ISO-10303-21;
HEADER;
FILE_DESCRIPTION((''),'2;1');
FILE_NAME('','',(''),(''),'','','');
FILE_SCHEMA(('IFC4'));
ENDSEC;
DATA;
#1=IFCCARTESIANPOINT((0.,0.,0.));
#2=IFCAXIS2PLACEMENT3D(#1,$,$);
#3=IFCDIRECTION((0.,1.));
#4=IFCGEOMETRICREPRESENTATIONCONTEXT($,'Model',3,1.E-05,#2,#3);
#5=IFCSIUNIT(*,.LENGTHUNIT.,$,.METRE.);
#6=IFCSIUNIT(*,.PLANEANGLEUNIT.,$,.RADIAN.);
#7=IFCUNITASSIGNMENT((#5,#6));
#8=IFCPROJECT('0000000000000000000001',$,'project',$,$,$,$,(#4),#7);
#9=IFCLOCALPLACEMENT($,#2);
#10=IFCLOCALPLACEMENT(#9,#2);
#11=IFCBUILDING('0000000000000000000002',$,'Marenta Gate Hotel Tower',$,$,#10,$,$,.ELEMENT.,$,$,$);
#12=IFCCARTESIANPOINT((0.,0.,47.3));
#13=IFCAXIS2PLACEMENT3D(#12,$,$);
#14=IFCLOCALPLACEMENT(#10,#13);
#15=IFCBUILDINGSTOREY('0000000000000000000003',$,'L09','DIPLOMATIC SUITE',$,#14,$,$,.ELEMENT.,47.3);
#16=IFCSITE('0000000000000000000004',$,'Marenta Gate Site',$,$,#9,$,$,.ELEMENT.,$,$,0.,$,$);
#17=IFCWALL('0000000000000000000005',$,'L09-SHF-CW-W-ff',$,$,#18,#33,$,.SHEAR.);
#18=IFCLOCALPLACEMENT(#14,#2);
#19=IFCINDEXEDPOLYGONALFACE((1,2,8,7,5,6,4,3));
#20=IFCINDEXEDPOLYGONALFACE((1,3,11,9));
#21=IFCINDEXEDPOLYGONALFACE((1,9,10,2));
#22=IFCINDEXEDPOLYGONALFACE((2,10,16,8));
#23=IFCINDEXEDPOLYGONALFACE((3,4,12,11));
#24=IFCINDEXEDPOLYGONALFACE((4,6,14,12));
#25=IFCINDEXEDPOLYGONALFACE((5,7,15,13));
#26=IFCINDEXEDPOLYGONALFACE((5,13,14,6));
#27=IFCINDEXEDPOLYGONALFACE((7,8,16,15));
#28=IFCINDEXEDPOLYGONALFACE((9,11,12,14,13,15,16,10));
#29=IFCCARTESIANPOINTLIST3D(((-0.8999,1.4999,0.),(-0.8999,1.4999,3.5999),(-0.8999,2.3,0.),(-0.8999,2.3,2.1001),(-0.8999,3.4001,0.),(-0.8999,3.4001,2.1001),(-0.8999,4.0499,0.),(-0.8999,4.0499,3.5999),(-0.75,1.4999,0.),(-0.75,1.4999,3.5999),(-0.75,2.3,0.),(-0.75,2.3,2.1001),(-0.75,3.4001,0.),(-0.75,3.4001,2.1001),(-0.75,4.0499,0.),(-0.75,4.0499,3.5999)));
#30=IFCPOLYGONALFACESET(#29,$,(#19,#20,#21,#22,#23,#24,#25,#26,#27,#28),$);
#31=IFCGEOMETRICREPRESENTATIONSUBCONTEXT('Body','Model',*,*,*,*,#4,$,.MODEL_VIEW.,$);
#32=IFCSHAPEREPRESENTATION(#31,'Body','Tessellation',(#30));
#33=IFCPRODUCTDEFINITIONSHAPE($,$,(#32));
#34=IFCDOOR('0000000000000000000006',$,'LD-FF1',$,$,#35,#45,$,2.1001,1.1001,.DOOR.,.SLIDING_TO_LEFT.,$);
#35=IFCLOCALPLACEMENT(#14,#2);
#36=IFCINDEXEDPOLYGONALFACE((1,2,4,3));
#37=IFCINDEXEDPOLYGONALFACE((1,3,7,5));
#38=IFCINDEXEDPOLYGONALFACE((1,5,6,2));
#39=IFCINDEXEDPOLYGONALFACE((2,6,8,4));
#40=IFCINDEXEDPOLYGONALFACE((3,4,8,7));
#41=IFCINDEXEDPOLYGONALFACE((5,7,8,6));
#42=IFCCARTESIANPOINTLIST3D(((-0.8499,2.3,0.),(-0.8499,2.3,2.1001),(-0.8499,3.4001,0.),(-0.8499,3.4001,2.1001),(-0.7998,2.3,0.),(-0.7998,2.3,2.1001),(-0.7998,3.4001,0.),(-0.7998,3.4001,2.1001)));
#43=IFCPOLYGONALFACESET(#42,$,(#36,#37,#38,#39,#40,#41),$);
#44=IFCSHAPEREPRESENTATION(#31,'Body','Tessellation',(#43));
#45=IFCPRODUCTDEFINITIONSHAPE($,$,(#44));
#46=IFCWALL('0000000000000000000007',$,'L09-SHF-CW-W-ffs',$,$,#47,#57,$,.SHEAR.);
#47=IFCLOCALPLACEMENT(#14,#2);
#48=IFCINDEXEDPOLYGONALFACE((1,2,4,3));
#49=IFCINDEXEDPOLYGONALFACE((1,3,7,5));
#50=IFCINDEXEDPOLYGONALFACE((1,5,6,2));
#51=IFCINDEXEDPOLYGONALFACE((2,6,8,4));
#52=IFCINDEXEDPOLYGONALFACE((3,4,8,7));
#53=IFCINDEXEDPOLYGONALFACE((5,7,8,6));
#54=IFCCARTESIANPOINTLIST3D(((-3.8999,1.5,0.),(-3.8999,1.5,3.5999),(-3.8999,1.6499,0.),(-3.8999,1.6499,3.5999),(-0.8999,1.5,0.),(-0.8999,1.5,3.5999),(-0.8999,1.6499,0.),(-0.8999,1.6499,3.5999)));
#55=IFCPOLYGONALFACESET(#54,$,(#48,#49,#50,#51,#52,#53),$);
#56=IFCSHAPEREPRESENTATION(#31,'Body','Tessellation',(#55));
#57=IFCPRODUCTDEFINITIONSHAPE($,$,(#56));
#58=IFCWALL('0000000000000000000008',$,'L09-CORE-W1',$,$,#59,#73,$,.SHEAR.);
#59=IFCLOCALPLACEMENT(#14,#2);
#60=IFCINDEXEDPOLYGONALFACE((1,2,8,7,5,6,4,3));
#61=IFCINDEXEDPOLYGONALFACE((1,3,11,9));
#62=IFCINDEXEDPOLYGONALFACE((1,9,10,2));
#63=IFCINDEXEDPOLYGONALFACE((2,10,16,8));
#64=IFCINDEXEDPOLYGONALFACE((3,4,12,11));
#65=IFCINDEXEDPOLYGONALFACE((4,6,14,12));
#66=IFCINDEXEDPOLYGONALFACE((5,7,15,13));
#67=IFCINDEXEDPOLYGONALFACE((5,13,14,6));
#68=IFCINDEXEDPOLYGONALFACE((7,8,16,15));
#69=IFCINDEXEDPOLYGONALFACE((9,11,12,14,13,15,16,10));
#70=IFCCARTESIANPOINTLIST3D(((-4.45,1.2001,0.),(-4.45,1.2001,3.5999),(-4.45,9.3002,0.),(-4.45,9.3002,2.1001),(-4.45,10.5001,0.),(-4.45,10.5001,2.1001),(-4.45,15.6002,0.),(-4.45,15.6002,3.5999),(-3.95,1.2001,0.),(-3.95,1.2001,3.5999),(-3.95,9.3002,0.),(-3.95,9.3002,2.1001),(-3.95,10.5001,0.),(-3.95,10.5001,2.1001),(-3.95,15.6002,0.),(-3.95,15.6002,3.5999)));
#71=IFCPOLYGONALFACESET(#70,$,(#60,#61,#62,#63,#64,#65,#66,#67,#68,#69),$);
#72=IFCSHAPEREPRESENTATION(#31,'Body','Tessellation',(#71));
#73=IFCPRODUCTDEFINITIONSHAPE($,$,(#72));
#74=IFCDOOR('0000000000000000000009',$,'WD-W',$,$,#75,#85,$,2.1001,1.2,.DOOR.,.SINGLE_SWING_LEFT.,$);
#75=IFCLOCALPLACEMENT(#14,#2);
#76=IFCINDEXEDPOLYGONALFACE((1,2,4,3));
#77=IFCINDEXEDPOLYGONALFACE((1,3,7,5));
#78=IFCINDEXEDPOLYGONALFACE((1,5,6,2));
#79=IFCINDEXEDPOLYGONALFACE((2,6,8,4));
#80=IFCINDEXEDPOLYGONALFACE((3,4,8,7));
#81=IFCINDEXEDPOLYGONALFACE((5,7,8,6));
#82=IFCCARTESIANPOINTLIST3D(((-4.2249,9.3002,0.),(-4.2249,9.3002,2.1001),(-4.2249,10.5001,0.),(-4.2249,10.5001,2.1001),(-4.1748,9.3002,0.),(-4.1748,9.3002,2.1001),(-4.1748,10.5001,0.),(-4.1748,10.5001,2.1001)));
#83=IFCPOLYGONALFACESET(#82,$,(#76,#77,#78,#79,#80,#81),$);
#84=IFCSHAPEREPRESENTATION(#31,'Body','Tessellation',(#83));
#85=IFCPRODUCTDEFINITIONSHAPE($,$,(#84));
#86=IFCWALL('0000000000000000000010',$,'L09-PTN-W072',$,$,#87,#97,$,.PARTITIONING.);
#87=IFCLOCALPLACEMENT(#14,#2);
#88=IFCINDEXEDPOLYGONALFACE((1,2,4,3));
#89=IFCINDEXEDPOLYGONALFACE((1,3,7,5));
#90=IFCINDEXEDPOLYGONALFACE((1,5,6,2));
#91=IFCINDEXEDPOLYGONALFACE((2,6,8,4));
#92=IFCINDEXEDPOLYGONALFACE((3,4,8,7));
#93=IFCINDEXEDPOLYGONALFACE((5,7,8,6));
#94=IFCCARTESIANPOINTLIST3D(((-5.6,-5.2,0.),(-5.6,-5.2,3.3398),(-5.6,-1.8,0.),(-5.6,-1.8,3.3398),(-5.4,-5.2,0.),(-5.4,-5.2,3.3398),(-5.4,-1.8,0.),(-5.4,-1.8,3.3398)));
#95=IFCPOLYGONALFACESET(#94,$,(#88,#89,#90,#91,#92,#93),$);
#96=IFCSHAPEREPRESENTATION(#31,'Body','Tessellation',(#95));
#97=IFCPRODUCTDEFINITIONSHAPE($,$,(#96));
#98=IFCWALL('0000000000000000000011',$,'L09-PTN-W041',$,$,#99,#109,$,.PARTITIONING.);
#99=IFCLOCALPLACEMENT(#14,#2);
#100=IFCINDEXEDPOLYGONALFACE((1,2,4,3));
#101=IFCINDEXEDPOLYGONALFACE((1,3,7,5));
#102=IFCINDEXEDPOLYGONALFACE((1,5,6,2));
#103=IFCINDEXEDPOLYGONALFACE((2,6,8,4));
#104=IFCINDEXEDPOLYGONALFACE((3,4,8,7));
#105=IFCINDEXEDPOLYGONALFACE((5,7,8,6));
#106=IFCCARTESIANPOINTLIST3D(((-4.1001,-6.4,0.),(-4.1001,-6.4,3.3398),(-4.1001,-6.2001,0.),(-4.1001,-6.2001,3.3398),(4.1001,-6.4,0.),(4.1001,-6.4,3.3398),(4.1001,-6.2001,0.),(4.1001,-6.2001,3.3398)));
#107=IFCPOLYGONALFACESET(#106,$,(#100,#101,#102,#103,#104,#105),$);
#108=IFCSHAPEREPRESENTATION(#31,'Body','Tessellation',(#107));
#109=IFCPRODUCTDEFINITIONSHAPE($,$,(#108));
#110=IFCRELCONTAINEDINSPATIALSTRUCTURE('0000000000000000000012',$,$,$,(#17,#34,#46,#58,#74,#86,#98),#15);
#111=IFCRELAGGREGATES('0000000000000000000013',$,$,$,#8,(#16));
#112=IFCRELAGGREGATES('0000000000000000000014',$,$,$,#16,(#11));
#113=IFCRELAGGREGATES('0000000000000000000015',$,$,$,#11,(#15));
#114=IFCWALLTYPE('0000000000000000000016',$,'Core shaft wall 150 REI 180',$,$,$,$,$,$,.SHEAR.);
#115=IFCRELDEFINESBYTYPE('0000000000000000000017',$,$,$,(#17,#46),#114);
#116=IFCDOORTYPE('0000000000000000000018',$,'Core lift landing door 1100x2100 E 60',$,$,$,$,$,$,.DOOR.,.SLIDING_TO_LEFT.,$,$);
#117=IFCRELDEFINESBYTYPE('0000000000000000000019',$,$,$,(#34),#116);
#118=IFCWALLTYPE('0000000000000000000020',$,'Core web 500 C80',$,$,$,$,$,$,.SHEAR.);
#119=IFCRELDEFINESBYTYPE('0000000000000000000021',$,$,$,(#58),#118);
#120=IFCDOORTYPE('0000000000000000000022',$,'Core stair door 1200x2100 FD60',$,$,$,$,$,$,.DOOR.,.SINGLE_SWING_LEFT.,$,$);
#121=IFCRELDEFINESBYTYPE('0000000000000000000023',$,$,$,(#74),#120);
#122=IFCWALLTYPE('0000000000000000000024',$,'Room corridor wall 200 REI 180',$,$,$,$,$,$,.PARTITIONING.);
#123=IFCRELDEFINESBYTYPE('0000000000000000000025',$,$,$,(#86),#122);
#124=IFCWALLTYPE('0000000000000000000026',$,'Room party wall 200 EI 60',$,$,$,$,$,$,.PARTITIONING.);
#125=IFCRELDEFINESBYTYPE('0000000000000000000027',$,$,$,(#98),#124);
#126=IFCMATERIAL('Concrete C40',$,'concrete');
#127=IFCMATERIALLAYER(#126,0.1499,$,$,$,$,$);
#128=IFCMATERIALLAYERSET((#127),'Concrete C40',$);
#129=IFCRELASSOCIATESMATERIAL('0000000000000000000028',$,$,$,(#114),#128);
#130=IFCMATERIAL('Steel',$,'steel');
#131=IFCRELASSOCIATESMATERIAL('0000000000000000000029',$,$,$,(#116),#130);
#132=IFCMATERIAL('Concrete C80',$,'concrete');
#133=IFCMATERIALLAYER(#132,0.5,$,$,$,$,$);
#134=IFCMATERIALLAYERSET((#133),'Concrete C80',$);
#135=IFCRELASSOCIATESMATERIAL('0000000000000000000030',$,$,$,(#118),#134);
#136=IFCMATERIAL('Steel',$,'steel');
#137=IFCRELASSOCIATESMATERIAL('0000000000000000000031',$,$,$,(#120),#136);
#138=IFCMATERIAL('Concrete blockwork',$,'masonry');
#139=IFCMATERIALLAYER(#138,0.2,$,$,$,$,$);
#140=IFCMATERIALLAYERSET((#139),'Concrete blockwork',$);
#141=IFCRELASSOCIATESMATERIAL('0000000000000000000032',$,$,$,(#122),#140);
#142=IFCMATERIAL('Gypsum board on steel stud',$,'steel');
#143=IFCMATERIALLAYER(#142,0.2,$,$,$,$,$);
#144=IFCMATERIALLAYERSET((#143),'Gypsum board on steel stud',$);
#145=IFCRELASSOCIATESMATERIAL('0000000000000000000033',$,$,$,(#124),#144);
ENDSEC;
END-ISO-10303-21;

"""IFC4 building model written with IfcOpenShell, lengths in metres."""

from ifc_helpers import new_model, si_unit, direction, frame, frame_2d, origin, place, context, subcontext, project, spatial, rectangle, extrude, material, layer, layer_set, type_object, element, fill, save


model = new_model("IFC4")

# Units and contexts
model_context = context("Model", 3, precision=1e-05, world=origin(), true_north=direction((0.0, 1.0)))
body_context = subcontext(model_context, "Body", "Model", "MODEL_VIEW")
ifc_project = project(units=[si_unit("LENGTHUNIT", "METRE"), si_unit("PLANEANGLEUNIT", "RADIAN")], contexts=[model_context])

# Site, building, storey
site_placement = place(None, origin())
site = spatial("IfcSite", under=ifc_project, at=site_placement, Name="Marenta Gate Site", CompositionType="ELEMENT", RefElevation=0.0)
building_placement = place(site_placement, origin())
building = spatial("IfcBuilding", under=site, at=building_placement, Name="Marenta Gate Hotel Tower", CompositionType="ELEMENT")
storey_placement = place(building_placement, frame((0.0, 0.0, 47.3)))
storey = spatial("IfcBuildingStorey", under=building, at=storey_placement, Name="L09", Description="DIPLOMATIC SUITE", CompositionType="ELEMENT", Elevation=47.3)

# Wall, opening, door
ifc_material_1 = material(Name="Concrete C40", Category="concrete")
ifc_layer_1 = layer(ifc_material_1, 0.1499)
ifc_layer_set_1 = layer_set([ifc_layer_1], Name="Concrete C40")
wall_type_1 = type_object("IfcWallType", Name="Core shaft wall 150 REI 180", PredefinedType="SHEAR", material=ifc_layer_set_1)
wall_1_placement = place(storey_placement, frame((-0.825, 1.5, 0.0), z_axis=(0.0, 0.0, 1.0), x_axis=(0.0, 1.0, 0.0)))
wall_1 = element("IfcWall", 1, at=wall_1_placement, inside=storey, type_object=wall_type_1, Name="L09-SHF-CW-W-ff", PredefinedType="SHEAR", context=body_context, shape_type="SweptSolid", body=[
    extrude(rectangle(XDim=2.55, YDim=0.1499, at=frame_2d((1.2749, 0.0))), origin(), (0.0, 0.0, 1.0), 3.5999),
])
opening_1_placement = place(wall_1_placement, frame((0.8, 0.0, 0.0)))
opening_1 = element("IfcOpeningElement", 2, at=opening_1_placement, cuts=wall_1, PredefinedType="OPENING", context=body_context, shape_type="SweptSolid", body=[
    extrude(rectangle(XDim=1.1001, YDim=2.1001, at=frame_2d((0.55, 1.05))), frame((0.0, 0.075, 0.0), z_axis=(0.0, -1.0, 0.0), x_axis=(1.0, 0.0, 0.0)), (0.0, 0.0, 1.0), 0.1499),
])
ifc_material_2 = material(Name="Steel", Category="steel")
door_type_1 = type_object("IfcDoorType", Name="Core lift landing door 1100x2100 E 60", OperationType="SLIDING_TO_LEFT", PredefinedType="DOOR", material=ifc_material_2)
door_1_placement = place(opening_1_placement, origin())
door_1 = element("IfcDoor", 3, at=door_1_placement, inside=storey, type_object=door_type_1, Name="LD-FF1", OperationType="SLIDING_TO_LEFT", OverallHeight=2.1001, OverallWidth=1.1001, PredefinedType="DOOR", context=body_context, shape_type="SweptSolid", body=[
    extrude(rectangle(XDim=1.1001, YDim=2.1001, at=frame_2d((0.55, 1.05))), frame((0.0, 0.0249, 0.0), z_axis=(0.0, -1.0, 0.0), x_axis=(1.0, 0.0, 0.0)), (0.0, 0.0, 1.0), 0.05),
])
fill(opening_1, door_1)

# Wall
wall_2_placement = place(storey_placement, frame((-3.8999, 1.575, 0.0), z_axis=(0.0, 0.0, 1.0), x_axis=(1.0, 0.0, 0.0)))
element("IfcWall", 4, at=wall_2_placement, inside=storey, type_object=wall_type_1, Name="L09-SHF-CW-W-ffs", PredefinedType="SHEAR", context=body_context, shape_type="SweptSolid", body=[
    extrude(rectangle(XDim=3.0, YDim=0.1499, at=frame_2d((1.5, 0.0))), origin(), (0.0, 0.0, 1.0), 3.5999),
])

# Wall, opening, door
ifc_material_3 = material(Name="Concrete C80", Category="concrete")
ifc_layer_2 = layer(ifc_material_3, 0.5)
ifc_layer_set_2 = layer_set([ifc_layer_2], Name="Concrete C80")
wall_type_2 = type_object("IfcWallType", Name="Core web 500 C80", PredefinedType="SHEAR", material=ifc_layer_set_2)
wall_3_placement = place(storey_placement, frame((-4.2, 1.2, 0.0), z_axis=(0.0, 0.0, 1.0), x_axis=(0.0, 1.0, 0.0)))
wall_3 = element("IfcWall", 5, at=wall_3_placement, inside=storey, type_object=wall_type_2, Name="L09-CORE-W1", PredefinedType="SHEAR", context=body_context, shape_type="SweptSolid", body=[
    extrude(rectangle(XDim=14.4001, YDim=0.5, at=frame_2d((7.2002, 0.0))), origin(), (0.0, 0.0, 1.0), 3.5999),
])
opening_2_placement = place(wall_3_placement, frame((8.1001, 0.0, 0.0)))
opening_2 = element("IfcOpeningElement", 6, at=opening_2_placement, cuts=wall_3, PredefinedType="OPENING", context=body_context, shape_type="SweptSolid", body=[
    extrude(rectangle(XDim=1.2, YDim=2.1001, at=frame_2d((0.6001, 1.05))), frame((0.0, 0.25, 0.0), z_axis=(0.0, -1.0, 0.0), x_axis=(1.0, 0.0, 0.0)), (0.0, 0.0, 1.0), 0.5),
])
ifc_material_4 = material(Name="Steel", Category="steel")
door_type_2 = type_object("IfcDoorType", Name="Core stair door 1200x2100 FD60", OperationType="SINGLE_SWING_LEFT", PredefinedType="DOOR", material=ifc_material_4)
door_2_placement = place(opening_2_placement, origin())
door_2 = element("IfcDoor", 7, at=door_2_placement, inside=storey, type_object=door_type_2, Name="WD-W", OperationType="SINGLE_SWING_LEFT", OverallHeight=2.1001, OverallWidth=1.2, PredefinedType="DOOR", context=body_context, shape_type="SweptSolid", body=[
    extrude(rectangle(XDim=1.2, YDim=2.1001, at=frame_2d((0.6001, 1.05))), frame((0.0, 0.0249, 0.0), z_axis=(0.0, -1.0, 0.0), x_axis=(1.0, 0.0, 0.0)), (0.0, 0.0, 1.0), 0.05),
])
fill(opening_2, door_2)

# Walls
ifc_material_5 = material(Name="Concrete blockwork", Category="masonry")
ifc_layer_3 = layer(ifc_material_5, 0.2)
ifc_layer_set_3 = layer_set([ifc_layer_3], Name="Concrete blockwork")
wall_type_3 = type_object("IfcWallType", Name="Room corridor wall 200 REI 180", PredefinedType="PARTITIONING", material=ifc_layer_set_3)
wall_4_placement = place(storey_placement, frame((-5.5, -5.2, 0.0), z_axis=(0.0, 0.0, 1.0), x_axis=(0.0, 1.0, 0.0)))
element("IfcWall", 8, at=wall_4_placement, inside=storey, type_object=wall_type_3, Name="L09-PTN-W072", PredefinedType="PARTITIONING", context=body_context, shape_type="SweptSolid", body=[
    extrude(rectangle(XDim=3.3999, YDim=0.2, at=frame_2d((1.7, 0.0))), origin(), (0.0, 0.0, 1.0), 3.3398),
])
ifc_material_6 = material(Name="Gypsum board on steel stud", Category="steel")
ifc_layer_4 = layer(ifc_material_6, 0.2)
ifc_layer_set_4 = layer_set([ifc_layer_4], Name="Gypsum board on steel stud")
wall_type_4 = type_object("IfcWallType", Name="Room party wall 200 EI 60", PredefinedType="PARTITIONING", material=ifc_layer_set_4)
wall_5_placement = place(storey_placement, frame((-4.1001, -6.3, 0.0), z_axis=(0.0, 0.0, 1.0), x_axis=(1.0, 0.0, 0.0)))
element("IfcWall", 9, at=wall_5_placement, inside=storey, type_object=wall_type_4, Name="L09-PTN-W041", PredefinedType="PARTITIONING", context=body_context, shape_type="SweptSolid", body=[
    extrude(rectangle(XDim=8.2002, YDim=0.2, at=frame_2d((4.1001, 0.0))), origin(), (0.0, 0.0, 1.0), 3.3398),
])

save(model, "model.ifc")
